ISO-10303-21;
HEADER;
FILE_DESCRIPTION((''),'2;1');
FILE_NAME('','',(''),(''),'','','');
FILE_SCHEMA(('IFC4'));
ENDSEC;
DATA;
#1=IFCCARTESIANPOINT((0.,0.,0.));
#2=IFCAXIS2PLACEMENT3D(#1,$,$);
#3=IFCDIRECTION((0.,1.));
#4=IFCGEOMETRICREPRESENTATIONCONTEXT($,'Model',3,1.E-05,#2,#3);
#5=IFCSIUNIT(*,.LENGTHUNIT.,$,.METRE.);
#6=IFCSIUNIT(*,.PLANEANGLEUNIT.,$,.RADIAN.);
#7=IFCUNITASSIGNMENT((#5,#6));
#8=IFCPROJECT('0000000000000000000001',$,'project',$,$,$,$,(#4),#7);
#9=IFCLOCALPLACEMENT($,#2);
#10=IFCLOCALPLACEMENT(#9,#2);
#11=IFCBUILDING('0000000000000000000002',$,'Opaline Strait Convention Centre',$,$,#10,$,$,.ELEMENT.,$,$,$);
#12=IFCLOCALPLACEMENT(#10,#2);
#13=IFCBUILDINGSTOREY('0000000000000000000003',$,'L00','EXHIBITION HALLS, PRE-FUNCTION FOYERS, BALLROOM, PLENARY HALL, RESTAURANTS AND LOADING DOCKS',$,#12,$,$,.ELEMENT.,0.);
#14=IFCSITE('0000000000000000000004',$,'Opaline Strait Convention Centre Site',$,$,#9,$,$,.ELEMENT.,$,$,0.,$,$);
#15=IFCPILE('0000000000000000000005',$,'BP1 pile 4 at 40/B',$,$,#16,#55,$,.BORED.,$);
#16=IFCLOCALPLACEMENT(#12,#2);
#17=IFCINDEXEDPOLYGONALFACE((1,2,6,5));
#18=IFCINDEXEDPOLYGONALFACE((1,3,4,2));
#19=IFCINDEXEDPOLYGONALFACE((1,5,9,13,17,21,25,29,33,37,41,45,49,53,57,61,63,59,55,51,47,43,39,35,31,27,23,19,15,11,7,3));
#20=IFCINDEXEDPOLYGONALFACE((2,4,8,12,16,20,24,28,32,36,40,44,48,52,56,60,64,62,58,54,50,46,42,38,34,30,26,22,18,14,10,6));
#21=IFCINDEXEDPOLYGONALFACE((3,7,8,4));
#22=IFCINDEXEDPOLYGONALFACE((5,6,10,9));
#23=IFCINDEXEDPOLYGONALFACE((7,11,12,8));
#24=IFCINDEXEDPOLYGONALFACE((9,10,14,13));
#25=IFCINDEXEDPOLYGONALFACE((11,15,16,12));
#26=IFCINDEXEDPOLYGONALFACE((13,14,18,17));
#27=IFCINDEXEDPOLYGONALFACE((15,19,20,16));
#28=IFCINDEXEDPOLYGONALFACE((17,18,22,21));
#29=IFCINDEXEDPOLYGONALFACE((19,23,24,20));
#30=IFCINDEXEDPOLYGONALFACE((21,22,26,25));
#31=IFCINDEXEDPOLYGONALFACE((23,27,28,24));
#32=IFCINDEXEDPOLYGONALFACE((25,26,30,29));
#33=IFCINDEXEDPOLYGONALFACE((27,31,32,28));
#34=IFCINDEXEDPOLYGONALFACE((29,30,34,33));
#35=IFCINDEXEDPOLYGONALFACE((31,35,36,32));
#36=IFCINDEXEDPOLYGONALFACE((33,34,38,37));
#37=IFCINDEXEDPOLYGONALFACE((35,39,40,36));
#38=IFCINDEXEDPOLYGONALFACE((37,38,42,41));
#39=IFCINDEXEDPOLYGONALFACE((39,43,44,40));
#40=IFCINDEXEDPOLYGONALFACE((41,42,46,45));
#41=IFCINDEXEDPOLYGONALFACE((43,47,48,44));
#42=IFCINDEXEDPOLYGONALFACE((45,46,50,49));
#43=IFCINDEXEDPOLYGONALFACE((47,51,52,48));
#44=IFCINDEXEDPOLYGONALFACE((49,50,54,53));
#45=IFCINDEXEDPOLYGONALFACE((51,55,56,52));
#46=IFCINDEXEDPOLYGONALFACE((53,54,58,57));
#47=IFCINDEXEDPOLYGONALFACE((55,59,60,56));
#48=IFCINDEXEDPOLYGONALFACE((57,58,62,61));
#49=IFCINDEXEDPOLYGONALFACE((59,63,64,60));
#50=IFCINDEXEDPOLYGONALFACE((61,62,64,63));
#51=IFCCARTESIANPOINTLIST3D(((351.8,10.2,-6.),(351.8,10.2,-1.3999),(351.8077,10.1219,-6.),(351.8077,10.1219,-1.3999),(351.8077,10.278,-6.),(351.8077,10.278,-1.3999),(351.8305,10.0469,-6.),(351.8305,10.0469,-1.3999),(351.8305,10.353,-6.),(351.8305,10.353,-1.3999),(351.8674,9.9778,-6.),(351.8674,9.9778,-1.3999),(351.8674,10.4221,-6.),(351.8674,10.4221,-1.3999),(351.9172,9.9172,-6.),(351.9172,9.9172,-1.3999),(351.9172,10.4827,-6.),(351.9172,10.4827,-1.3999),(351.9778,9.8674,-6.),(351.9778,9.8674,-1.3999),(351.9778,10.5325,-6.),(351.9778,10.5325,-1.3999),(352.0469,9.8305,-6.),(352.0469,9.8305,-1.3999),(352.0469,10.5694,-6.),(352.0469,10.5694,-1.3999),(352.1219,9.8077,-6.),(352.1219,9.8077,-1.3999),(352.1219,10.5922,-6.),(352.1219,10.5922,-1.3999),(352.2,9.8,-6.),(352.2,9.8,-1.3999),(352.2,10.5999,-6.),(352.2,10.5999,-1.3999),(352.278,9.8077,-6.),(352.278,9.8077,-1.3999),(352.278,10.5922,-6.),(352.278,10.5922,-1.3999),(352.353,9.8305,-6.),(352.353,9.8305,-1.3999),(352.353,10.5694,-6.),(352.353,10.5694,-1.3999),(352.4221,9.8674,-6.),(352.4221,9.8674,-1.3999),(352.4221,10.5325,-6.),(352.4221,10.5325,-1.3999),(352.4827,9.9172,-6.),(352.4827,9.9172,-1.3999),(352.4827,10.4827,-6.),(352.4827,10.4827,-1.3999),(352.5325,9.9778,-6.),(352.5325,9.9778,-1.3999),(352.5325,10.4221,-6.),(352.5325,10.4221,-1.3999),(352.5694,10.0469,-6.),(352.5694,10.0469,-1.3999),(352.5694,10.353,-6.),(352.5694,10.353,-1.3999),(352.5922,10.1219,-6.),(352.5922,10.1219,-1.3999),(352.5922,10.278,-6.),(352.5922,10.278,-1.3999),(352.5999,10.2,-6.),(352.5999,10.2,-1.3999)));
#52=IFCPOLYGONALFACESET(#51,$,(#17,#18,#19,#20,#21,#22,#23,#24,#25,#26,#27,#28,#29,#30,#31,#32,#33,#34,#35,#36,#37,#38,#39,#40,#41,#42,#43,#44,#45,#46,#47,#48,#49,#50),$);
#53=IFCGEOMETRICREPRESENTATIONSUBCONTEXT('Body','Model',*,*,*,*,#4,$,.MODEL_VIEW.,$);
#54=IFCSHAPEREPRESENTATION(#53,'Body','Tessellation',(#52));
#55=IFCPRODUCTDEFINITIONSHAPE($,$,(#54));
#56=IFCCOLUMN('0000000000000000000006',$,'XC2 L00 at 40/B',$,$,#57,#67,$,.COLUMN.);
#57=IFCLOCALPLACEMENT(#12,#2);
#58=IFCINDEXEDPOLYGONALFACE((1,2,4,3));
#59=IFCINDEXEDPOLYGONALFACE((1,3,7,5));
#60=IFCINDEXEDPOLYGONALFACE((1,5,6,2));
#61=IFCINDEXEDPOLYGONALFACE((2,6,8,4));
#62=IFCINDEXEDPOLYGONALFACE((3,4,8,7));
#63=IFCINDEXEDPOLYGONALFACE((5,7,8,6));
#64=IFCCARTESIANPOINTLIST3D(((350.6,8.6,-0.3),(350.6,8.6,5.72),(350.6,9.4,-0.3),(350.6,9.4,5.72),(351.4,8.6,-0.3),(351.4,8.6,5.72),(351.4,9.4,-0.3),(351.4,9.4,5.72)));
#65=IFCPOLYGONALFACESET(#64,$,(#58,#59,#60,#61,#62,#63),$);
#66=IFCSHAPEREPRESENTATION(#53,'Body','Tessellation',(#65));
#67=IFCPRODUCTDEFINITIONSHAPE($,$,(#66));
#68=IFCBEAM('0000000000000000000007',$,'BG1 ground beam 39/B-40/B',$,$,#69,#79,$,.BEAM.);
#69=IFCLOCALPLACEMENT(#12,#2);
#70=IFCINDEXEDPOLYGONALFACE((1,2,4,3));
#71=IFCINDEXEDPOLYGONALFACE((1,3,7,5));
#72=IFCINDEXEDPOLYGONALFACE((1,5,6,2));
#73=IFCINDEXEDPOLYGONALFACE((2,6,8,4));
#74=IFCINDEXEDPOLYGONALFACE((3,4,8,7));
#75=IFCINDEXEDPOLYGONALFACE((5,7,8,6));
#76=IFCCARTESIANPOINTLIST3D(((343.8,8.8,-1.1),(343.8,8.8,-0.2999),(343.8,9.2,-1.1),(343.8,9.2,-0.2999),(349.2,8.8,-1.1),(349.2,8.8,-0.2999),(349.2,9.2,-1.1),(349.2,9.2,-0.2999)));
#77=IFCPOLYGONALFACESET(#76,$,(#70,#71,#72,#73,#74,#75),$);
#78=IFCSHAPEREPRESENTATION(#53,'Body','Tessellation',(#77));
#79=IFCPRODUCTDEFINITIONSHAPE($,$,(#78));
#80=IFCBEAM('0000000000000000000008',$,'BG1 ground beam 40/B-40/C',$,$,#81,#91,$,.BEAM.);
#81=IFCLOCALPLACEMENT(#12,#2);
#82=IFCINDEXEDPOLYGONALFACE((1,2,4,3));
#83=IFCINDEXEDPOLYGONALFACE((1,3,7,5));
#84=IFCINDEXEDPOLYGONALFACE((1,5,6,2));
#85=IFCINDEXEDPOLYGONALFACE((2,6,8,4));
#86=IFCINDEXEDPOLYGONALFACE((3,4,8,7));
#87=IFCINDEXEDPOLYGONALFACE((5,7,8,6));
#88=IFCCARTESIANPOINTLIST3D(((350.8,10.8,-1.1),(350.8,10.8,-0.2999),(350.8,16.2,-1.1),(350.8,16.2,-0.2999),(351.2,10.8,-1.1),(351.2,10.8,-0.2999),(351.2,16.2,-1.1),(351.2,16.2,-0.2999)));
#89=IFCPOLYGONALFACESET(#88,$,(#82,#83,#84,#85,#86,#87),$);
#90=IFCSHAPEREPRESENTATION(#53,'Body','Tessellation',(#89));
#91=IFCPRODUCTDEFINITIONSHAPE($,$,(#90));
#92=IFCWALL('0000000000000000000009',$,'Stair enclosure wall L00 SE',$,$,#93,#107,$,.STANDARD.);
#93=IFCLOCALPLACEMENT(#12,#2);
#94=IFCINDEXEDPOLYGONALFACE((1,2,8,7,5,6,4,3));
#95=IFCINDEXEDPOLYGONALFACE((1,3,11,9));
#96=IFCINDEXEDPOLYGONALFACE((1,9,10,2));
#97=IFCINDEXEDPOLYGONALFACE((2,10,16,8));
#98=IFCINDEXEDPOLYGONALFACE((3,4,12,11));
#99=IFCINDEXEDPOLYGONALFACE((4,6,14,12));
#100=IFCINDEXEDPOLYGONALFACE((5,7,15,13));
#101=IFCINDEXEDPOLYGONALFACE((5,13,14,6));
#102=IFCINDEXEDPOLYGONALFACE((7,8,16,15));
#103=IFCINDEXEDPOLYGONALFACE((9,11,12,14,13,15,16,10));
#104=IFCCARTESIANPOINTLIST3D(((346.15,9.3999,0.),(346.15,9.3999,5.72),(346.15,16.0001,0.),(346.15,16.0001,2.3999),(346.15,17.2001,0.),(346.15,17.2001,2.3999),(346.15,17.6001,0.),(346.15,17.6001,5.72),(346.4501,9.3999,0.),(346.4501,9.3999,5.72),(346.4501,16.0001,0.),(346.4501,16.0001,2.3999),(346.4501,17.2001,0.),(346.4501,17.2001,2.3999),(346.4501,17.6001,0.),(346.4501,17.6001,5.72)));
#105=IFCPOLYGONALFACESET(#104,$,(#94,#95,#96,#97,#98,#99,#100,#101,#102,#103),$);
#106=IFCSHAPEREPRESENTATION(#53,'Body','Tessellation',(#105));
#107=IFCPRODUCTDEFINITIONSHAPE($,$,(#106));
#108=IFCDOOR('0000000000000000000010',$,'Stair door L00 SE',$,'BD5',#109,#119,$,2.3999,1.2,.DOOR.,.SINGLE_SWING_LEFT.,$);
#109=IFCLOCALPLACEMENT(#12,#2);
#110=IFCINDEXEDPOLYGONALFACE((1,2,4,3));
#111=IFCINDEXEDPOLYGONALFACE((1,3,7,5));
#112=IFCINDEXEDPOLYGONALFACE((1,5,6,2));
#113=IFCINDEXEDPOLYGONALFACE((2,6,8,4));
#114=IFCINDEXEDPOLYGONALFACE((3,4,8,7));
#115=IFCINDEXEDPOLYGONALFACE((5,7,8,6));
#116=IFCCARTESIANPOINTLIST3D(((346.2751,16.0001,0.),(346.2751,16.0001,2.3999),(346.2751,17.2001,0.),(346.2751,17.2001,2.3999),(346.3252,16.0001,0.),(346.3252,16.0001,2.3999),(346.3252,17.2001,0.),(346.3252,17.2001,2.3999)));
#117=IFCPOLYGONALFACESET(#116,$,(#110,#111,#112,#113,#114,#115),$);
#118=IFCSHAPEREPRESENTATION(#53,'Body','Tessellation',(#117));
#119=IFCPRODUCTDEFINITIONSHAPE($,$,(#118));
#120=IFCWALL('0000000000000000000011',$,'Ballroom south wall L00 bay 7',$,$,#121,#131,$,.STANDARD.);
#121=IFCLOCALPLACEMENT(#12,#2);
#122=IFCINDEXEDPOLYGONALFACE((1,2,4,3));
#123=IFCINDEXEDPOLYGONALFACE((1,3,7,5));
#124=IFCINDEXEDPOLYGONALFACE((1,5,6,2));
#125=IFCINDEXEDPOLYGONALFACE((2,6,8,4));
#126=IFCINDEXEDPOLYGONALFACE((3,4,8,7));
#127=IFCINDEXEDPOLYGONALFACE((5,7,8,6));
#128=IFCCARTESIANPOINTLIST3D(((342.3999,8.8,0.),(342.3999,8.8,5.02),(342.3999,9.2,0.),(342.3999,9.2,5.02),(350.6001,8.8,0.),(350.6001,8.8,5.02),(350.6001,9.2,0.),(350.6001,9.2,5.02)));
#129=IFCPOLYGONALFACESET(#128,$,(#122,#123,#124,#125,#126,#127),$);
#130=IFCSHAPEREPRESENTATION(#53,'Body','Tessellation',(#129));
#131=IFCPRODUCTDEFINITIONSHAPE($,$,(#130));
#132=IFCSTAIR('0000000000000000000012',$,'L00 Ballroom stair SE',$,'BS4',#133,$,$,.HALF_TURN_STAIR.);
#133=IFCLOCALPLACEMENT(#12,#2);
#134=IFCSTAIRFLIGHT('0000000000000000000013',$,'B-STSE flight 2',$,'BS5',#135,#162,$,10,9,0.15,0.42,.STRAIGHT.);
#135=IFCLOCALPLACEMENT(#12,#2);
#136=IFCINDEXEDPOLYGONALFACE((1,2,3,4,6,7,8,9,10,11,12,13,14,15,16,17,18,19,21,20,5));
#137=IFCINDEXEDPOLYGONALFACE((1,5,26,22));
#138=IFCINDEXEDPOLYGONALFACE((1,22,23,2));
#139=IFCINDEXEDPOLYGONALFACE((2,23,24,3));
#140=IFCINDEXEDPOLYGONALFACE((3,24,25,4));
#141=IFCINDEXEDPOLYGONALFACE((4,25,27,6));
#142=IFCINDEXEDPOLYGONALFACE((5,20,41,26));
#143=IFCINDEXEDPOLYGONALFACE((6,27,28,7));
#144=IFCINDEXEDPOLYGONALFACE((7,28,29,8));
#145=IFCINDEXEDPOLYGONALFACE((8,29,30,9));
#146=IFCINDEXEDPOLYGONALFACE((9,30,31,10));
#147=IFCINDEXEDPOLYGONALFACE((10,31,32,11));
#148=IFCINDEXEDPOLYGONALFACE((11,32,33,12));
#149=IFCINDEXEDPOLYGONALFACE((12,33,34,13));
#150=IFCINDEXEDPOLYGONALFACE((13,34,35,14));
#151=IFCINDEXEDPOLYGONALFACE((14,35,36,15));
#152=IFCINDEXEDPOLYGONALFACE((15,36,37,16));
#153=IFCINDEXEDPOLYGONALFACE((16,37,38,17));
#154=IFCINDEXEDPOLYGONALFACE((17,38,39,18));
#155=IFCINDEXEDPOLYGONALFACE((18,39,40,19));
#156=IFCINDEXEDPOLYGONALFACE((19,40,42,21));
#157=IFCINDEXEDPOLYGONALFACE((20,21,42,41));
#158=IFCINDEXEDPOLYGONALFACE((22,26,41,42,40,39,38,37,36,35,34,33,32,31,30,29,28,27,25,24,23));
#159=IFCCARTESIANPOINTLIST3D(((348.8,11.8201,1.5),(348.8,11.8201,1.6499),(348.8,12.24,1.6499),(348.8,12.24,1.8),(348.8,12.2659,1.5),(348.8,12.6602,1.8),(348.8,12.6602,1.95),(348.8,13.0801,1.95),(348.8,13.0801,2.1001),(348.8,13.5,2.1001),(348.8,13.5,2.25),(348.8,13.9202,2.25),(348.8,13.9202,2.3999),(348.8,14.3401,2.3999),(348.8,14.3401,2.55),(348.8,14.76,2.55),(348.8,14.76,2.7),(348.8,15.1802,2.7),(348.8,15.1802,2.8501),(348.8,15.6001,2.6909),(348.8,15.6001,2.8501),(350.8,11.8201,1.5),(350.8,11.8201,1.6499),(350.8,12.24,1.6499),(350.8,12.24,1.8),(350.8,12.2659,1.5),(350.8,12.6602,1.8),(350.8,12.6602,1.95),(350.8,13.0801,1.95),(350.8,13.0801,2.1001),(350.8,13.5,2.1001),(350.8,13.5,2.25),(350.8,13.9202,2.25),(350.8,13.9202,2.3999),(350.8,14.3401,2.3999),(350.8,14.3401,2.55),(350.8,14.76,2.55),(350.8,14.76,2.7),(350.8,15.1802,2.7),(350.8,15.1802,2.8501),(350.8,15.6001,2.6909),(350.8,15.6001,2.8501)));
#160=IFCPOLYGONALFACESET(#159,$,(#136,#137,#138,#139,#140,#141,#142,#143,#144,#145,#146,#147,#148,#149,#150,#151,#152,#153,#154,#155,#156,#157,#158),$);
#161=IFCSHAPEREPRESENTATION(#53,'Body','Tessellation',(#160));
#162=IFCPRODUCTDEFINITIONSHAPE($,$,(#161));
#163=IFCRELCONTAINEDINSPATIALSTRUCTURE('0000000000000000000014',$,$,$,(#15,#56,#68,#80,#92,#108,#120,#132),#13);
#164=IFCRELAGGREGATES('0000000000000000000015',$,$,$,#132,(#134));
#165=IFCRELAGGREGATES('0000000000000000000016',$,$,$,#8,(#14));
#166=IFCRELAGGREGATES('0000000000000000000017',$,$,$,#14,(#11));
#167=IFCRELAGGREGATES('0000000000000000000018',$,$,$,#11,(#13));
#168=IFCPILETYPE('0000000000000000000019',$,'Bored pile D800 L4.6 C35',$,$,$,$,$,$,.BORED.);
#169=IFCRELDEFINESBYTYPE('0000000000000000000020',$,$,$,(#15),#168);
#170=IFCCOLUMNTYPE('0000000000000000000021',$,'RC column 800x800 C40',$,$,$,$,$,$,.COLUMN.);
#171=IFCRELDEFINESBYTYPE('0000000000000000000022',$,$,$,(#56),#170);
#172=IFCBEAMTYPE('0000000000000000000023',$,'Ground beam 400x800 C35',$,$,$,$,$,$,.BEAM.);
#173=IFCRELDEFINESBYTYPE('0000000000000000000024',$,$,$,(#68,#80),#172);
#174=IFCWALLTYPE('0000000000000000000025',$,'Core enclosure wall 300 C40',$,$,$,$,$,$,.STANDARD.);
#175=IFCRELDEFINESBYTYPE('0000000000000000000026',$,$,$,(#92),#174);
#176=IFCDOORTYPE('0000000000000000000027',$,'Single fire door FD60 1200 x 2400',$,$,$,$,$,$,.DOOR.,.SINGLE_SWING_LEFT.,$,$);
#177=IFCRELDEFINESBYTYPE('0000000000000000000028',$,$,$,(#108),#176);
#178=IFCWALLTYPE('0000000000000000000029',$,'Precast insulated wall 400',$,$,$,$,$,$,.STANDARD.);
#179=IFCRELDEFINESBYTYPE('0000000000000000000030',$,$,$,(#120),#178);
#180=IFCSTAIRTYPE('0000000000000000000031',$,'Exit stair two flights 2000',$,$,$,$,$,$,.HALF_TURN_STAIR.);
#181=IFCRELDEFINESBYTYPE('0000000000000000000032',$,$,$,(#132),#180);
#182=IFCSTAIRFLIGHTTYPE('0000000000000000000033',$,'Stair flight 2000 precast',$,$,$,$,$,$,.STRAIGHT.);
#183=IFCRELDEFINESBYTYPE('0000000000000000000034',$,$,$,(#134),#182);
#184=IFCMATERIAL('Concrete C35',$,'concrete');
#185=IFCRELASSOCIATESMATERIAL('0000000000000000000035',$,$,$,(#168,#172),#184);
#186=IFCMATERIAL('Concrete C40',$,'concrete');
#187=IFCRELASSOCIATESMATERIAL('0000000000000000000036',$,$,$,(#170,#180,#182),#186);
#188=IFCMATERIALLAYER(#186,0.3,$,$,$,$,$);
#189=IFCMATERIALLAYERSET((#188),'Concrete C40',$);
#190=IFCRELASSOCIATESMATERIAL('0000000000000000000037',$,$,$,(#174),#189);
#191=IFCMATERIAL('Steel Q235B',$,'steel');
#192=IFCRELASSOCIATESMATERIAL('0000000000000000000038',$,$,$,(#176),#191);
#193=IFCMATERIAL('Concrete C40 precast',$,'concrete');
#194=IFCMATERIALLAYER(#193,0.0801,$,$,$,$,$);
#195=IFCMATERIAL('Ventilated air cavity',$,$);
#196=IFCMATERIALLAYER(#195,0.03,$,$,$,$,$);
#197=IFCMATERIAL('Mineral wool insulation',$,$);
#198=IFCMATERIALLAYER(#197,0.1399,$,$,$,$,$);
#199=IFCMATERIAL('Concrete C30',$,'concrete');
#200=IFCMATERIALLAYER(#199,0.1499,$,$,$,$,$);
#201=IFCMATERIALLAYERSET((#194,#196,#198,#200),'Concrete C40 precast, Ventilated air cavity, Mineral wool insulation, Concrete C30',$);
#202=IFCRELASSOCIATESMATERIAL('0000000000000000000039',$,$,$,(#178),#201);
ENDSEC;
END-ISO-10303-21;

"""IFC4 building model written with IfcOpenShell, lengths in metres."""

from ifc_helpers import new_model, si_unit, direction, frame, frame_2d, origin, origin_2d, place, context, subcontext, project, spatial, polyline, rectangle, circle, outline, extrude, material, layer, layer_set, material_profile, profile_set, type_object, element, fill, aggregate, save


model = new_model("IFC4")

# Units and contexts
model_context = context("Model", 3, precision=1e-05, world=origin(), true_north=direction((0.0, 1.0)))
body_context = subcontext(model_context, "Body", "Model", "MODEL_VIEW")
ifc_project = project(units=[si_unit("LENGTHUNIT", "METRE"), si_unit("PLANEANGLEUNIT", "RADIAN")], contexts=[model_context])

# Site, building, storey
site_placement = place(None, origin())
site = spatial("IfcSite", under=ifc_project, at=site_placement, Name="Opaline Strait Convention Centre Site", CompositionType="ELEMENT", RefElevation=0.0)
building_placement = place(site_placement, origin())
building = spatial("IfcBuilding", under=site, at=building_placement, Name="Opaline Strait Convention Centre", CompositionType="ELEMENT")
storey_placement = place(building_placement, origin())
storey = spatial("IfcBuildingStorey", under=building, at=storey_placement, Name="L00", Description="EXHIBITION HALLS, PRE-FUNCTION FOYERS, BALLROOM, PLENARY HALL, RESTAURANTS AND LOADING DOCKS", CompositionType="ELEMENT", Elevation=0.0)

# Pile
ifc_material_1 = material(Name="Concrete C35", Category="concrete")
ifc_material_profile_1 = material_profile(ifc_material_1, circle(Radius=0.3999, at=origin_2d()), Name="D800")
ifc_profile_set_1 = profile_set([ifc_material_profile_1], Name="Concrete C35")
pile_type = type_object("IfcPileType", Name="Bored pile D800 L4.6 C35", PredefinedType="BORED", material=ifc_profile_set_1)
for number, where, z_axis, x_axis, name in (
    (1, (352.2, 10.2, -1.3999), (0.0, 0.0, -1.0), (1.0, 0.0, 0.0), "BP1 pile 4 at 40/B"),
):
    element("IfcPile", number, at=place(storey_placement, frame(where, z_axis=z_axis, x_axis=x_axis)), inside=storey, type_object=pile_type, Name=name, PredefinedType="BORED", context=body_context, shape_type="SweptSolid", body=[
        extrude(circle(Radius=0.3999, at=origin_2d()), origin(), (0.0, 0.0, 1.0), 4.6001),
    ])

# Column
ifc_material_2 = material(Name="Concrete C40", Category="concrete")
ifc_material_profile_2 = material_profile(ifc_material_2, rectangle(XDim=0.8, YDim=0.8, at=origin_2d()), Name="RC 800x800")
ifc_profile_set_2 = profile_set([ifc_material_profile_2], Name="Concrete C40")
column_type = type_object("IfcColumnType", Name="RC column 800x800 C40", PredefinedType="COLUMN", material=ifc_profile_set_2)
column_placement = place(storey_placement, frame((351.0, 9.0, -0.3), z_axis=(0.0, 0.0, 1.0), x_axis=(1.0, 0.0, 0.0)))
element("IfcColumn", 2, at=column_placement, inside=storey, type_object=column_type, Name="XC2 L00 at 40/B", PredefinedType="COLUMN", context=body_context, shape_type="SweptSolid", body=[
    extrude(rectangle(XDim=0.8, YDim=0.8, at=origin_2d()), origin(), (0.0, 0.0, 1.0), 6.02),
])

# Beams
ifc_material_profile_3 = material_profile(ifc_material_1, rectangle(XDim=0.3999, YDim=0.8, at=origin_2d()), Name="RC 400x800")
ifc_profile_set_3 = profile_set([ifc_material_profile_3], Name="Concrete C35")
beam_type = type_object("IfcBeamType", Name="Ground beam 400x800 C35", PredefinedType="BEAM", material=ifc_profile_set_3)
for number, where, z_axis, x_axis, name in (
    (3, (343.8, 9.0, -0.7), (1.0, 0.0, 0.0), (0.0, 1.0, 0.0), "BG1 ground beam 39/B-40/B"),
    (4, (351.0, 10.8, -0.7), (0.0, 1.0, 0.0), (-1.0, 0.0, 0.0), "BG1 ground beam 40/B-40/C"),
):
    element("IfcBeam", number, at=place(storey_placement, frame(where, z_axis=z_axis, x_axis=x_axis)), inside=storey, type_object=beam_type, Name=name, PredefinedType="BEAM", context=body_context, shape_type="SweptSolid", body=[
        extrude(rectangle(XDim=0.3999, YDim=0.8, at=origin_2d()), origin(), (0.0, 0.0, 1.0), 5.3999),
    ])

# Wall, opening, door
ifc_layer_1 = layer(ifc_material_2, 0.3)
ifc_layer_set_1 = layer_set([ifc_layer_1], Name="Concrete C40")
wall_type_1 = type_object("IfcWallType", Name="Core enclosure wall 300 C40", PredefinedType="STANDARD", material=ifc_layer_set_1)
wall_1_placement = place(storey_placement, frame((346.3, 9.3999, 0.0), z_axis=(0.0, 0.0, 1.0), x_axis=(0.0, 1.0, 0.0)))
wall_1 = element("IfcWall", 5, at=wall_1_placement, inside=storey, type_object=wall_type_1, Name="Stair enclosure wall L00 SE", PredefinedType="STANDARD", context=body_context, shape_type="SweptSolid", body=[
    extrude(rectangle(XDim=8.2002, YDim=0.3, at=frame_2d((4.1001, 0.0))), origin(), (0.0, 0.0, 1.0), 5.72),
])
opening_1_placement = place(wall_1_placement, frame((6.6001, 0.0, 0.0)))
opening_1 = element("IfcOpeningElement", 6, at=opening_1_placement, cuts=wall_1, PredefinedType="OPENING", context=body_context, shape_type="SweptSolid", body=[
    extrude(rectangle(XDim=1.2, YDim=2.3999, at=frame_2d((0.6001, 1.2))), frame((0.0, 0.1599, 0.0), z_axis=(0.0, -1.0, 0.0), x_axis=(1.0, 0.0, 0.0)), (0.0, 0.0, 1.0), 0.3201),
])
ifc_material_3 = material(Name="Steel Q235B", Category="steel")
door_type_1 = type_object("IfcDoorType", Name="Single fire door FD60 1200 x 2400", OperationType="SINGLE_SWING_LEFT", PredefinedType="DOOR", material=ifc_material_3)
door_1_placement = place(opening_1_placement, origin())
door_1 = element("IfcDoor", 7, at=door_1_placement, inside=storey, type_object=door_type_1, Name="Stair door L00 SE", ObjectType="BD5", OperationType="SINGLE_SWING_LEFT", OverallHeight=2.3999, OverallWidth=1.2, PredefinedType="DOOR", context=body_context, shape_type="SweptSolid", body=[
    extrude(rectangle(XDim=1.2, YDim=2.3999, at=frame_2d((0.6001, 1.2))), frame((0.0, 0.0249, 0.0), z_axis=(0.0, -1.0, 0.0), x_axis=(1.0, 0.0, 0.0)), (0.0, 0.0, 1.0), 0.05),
])
fill(opening_1, door_1)
ifc_material_4 = material(Name="Concrete C40 precast", Category="concrete")
ifc_layer_2 = layer(ifc_material_4, 0.0801)
ifc_material_5 = material(Name="Ventilated air cavity")
ifc_layer_3 = layer(ifc_material_5, 0.03)
ifc_material_6 = material(Name="Mineral wool insulation")
ifc_layer_4 = layer(ifc_material_6, 0.1399)
ifc_material_7 = material(Name="Concrete C30", Category="concrete")
ifc_layer_5 = layer(ifc_material_7, 0.1499)
ifc_layer_set_2 = layer_set([ifc_layer_2, ifc_layer_3, ifc_layer_4, ifc_layer_5], Name="Concrete C40 precast, Ventilated air cavity, Mineral wool insulation, Concrete C30")
wall_type_2 = type_object("IfcWallType", Name="Precast insulated wall 400", PredefinedType="STANDARD", material=ifc_layer_set_2)

# Wall
wall_2_placement = place(storey_placement, frame((342.3999, 9.0, 0.0), z_axis=(0.0, 0.0, 1.0), x_axis=(1.0, 0.0, 0.0)))
element("IfcWall", 8, at=wall_2_placement, inside=storey, type_object=wall_type_2, Name="Ballroom south wall L00 bay 7", PredefinedType="STANDARD", context=body_context, shape_type="SweptSolid", body=[
    extrude(rectangle(XDim=8.2002, YDim=0.3999, at=frame_2d((4.1001, 0.0))), origin(), (0.0, 0.0, 1.0), 5.02),
])

# Stair, stair flight
stair_type = type_object("IfcStairType", Name="Exit stair two flights 2000", PredefinedType="HALF_TURN_STAIR", material=ifc_material_2)
stair_placement = place(storey_placement, origin())
stair = element("IfcStair", 9, at=stair_placement, inside=storey, type_object=stair_type, Name="L00 Ballroom stair SE", ObjectType="BS4", PredefinedType="HALF_TURN_STAIR")
stair_flight_type = type_object("IfcStairFlightType", Name="Stair flight 2000 precast", PredefinedType="STRAIGHT", material=ifc_material_2)
stair_flight_1_placement = place(storey_placement, frame((349.8, 11.8201, 1.5), z_axis=(0.0, 0.0, 1.0), x_axis=(0.0, 1.0, 0.0)))
stair_flight_1 = element("IfcStairFlight", 10, at=stair_flight_1_placement, type_object=stair_flight_type, Name="B-STSE flight 2", ObjectType="BS5", NumberOfRisers=10, NumberOfTreads=9, PredefinedType="STRAIGHT", RiserHeight=0.15, TreadLength=0.42, context=body_context, shape_type="SweptSolid", body=[
    extrude(outline(polyline([(0.0, 0.0), (0.0, 0.1499), (0.4199, 0.1499), (0.4199, 0.3), (0.8401, 0.3), (0.8401, 0.45), (1.26, 0.45), (1.26, 0.6001), (1.6799, 0.6001), (1.6799, 0.75), (2.1001, 0.75), (2.1001, 0.8999), (2.52, 0.8999), (2.52, 1.05), (2.9399, 1.05), (2.9399, 1.2), (3.3601, 1.2), (3.3601, 1.3501), (3.78, 1.3501), (3.78, 1.5), (3.78, 1.1909), (0.4458, 0.0), (0.0, 0.0)])), frame((0.0, 1.0, 0.0), z_axis=(0.0, -1.0, 0.0), x_axis=(1.0, 0.0, 0.0)), (0.0, 0.0, 1.0), 2.0),
])
aggregate(stair, [stair_flight_1])

save(model, "model.ifc")
